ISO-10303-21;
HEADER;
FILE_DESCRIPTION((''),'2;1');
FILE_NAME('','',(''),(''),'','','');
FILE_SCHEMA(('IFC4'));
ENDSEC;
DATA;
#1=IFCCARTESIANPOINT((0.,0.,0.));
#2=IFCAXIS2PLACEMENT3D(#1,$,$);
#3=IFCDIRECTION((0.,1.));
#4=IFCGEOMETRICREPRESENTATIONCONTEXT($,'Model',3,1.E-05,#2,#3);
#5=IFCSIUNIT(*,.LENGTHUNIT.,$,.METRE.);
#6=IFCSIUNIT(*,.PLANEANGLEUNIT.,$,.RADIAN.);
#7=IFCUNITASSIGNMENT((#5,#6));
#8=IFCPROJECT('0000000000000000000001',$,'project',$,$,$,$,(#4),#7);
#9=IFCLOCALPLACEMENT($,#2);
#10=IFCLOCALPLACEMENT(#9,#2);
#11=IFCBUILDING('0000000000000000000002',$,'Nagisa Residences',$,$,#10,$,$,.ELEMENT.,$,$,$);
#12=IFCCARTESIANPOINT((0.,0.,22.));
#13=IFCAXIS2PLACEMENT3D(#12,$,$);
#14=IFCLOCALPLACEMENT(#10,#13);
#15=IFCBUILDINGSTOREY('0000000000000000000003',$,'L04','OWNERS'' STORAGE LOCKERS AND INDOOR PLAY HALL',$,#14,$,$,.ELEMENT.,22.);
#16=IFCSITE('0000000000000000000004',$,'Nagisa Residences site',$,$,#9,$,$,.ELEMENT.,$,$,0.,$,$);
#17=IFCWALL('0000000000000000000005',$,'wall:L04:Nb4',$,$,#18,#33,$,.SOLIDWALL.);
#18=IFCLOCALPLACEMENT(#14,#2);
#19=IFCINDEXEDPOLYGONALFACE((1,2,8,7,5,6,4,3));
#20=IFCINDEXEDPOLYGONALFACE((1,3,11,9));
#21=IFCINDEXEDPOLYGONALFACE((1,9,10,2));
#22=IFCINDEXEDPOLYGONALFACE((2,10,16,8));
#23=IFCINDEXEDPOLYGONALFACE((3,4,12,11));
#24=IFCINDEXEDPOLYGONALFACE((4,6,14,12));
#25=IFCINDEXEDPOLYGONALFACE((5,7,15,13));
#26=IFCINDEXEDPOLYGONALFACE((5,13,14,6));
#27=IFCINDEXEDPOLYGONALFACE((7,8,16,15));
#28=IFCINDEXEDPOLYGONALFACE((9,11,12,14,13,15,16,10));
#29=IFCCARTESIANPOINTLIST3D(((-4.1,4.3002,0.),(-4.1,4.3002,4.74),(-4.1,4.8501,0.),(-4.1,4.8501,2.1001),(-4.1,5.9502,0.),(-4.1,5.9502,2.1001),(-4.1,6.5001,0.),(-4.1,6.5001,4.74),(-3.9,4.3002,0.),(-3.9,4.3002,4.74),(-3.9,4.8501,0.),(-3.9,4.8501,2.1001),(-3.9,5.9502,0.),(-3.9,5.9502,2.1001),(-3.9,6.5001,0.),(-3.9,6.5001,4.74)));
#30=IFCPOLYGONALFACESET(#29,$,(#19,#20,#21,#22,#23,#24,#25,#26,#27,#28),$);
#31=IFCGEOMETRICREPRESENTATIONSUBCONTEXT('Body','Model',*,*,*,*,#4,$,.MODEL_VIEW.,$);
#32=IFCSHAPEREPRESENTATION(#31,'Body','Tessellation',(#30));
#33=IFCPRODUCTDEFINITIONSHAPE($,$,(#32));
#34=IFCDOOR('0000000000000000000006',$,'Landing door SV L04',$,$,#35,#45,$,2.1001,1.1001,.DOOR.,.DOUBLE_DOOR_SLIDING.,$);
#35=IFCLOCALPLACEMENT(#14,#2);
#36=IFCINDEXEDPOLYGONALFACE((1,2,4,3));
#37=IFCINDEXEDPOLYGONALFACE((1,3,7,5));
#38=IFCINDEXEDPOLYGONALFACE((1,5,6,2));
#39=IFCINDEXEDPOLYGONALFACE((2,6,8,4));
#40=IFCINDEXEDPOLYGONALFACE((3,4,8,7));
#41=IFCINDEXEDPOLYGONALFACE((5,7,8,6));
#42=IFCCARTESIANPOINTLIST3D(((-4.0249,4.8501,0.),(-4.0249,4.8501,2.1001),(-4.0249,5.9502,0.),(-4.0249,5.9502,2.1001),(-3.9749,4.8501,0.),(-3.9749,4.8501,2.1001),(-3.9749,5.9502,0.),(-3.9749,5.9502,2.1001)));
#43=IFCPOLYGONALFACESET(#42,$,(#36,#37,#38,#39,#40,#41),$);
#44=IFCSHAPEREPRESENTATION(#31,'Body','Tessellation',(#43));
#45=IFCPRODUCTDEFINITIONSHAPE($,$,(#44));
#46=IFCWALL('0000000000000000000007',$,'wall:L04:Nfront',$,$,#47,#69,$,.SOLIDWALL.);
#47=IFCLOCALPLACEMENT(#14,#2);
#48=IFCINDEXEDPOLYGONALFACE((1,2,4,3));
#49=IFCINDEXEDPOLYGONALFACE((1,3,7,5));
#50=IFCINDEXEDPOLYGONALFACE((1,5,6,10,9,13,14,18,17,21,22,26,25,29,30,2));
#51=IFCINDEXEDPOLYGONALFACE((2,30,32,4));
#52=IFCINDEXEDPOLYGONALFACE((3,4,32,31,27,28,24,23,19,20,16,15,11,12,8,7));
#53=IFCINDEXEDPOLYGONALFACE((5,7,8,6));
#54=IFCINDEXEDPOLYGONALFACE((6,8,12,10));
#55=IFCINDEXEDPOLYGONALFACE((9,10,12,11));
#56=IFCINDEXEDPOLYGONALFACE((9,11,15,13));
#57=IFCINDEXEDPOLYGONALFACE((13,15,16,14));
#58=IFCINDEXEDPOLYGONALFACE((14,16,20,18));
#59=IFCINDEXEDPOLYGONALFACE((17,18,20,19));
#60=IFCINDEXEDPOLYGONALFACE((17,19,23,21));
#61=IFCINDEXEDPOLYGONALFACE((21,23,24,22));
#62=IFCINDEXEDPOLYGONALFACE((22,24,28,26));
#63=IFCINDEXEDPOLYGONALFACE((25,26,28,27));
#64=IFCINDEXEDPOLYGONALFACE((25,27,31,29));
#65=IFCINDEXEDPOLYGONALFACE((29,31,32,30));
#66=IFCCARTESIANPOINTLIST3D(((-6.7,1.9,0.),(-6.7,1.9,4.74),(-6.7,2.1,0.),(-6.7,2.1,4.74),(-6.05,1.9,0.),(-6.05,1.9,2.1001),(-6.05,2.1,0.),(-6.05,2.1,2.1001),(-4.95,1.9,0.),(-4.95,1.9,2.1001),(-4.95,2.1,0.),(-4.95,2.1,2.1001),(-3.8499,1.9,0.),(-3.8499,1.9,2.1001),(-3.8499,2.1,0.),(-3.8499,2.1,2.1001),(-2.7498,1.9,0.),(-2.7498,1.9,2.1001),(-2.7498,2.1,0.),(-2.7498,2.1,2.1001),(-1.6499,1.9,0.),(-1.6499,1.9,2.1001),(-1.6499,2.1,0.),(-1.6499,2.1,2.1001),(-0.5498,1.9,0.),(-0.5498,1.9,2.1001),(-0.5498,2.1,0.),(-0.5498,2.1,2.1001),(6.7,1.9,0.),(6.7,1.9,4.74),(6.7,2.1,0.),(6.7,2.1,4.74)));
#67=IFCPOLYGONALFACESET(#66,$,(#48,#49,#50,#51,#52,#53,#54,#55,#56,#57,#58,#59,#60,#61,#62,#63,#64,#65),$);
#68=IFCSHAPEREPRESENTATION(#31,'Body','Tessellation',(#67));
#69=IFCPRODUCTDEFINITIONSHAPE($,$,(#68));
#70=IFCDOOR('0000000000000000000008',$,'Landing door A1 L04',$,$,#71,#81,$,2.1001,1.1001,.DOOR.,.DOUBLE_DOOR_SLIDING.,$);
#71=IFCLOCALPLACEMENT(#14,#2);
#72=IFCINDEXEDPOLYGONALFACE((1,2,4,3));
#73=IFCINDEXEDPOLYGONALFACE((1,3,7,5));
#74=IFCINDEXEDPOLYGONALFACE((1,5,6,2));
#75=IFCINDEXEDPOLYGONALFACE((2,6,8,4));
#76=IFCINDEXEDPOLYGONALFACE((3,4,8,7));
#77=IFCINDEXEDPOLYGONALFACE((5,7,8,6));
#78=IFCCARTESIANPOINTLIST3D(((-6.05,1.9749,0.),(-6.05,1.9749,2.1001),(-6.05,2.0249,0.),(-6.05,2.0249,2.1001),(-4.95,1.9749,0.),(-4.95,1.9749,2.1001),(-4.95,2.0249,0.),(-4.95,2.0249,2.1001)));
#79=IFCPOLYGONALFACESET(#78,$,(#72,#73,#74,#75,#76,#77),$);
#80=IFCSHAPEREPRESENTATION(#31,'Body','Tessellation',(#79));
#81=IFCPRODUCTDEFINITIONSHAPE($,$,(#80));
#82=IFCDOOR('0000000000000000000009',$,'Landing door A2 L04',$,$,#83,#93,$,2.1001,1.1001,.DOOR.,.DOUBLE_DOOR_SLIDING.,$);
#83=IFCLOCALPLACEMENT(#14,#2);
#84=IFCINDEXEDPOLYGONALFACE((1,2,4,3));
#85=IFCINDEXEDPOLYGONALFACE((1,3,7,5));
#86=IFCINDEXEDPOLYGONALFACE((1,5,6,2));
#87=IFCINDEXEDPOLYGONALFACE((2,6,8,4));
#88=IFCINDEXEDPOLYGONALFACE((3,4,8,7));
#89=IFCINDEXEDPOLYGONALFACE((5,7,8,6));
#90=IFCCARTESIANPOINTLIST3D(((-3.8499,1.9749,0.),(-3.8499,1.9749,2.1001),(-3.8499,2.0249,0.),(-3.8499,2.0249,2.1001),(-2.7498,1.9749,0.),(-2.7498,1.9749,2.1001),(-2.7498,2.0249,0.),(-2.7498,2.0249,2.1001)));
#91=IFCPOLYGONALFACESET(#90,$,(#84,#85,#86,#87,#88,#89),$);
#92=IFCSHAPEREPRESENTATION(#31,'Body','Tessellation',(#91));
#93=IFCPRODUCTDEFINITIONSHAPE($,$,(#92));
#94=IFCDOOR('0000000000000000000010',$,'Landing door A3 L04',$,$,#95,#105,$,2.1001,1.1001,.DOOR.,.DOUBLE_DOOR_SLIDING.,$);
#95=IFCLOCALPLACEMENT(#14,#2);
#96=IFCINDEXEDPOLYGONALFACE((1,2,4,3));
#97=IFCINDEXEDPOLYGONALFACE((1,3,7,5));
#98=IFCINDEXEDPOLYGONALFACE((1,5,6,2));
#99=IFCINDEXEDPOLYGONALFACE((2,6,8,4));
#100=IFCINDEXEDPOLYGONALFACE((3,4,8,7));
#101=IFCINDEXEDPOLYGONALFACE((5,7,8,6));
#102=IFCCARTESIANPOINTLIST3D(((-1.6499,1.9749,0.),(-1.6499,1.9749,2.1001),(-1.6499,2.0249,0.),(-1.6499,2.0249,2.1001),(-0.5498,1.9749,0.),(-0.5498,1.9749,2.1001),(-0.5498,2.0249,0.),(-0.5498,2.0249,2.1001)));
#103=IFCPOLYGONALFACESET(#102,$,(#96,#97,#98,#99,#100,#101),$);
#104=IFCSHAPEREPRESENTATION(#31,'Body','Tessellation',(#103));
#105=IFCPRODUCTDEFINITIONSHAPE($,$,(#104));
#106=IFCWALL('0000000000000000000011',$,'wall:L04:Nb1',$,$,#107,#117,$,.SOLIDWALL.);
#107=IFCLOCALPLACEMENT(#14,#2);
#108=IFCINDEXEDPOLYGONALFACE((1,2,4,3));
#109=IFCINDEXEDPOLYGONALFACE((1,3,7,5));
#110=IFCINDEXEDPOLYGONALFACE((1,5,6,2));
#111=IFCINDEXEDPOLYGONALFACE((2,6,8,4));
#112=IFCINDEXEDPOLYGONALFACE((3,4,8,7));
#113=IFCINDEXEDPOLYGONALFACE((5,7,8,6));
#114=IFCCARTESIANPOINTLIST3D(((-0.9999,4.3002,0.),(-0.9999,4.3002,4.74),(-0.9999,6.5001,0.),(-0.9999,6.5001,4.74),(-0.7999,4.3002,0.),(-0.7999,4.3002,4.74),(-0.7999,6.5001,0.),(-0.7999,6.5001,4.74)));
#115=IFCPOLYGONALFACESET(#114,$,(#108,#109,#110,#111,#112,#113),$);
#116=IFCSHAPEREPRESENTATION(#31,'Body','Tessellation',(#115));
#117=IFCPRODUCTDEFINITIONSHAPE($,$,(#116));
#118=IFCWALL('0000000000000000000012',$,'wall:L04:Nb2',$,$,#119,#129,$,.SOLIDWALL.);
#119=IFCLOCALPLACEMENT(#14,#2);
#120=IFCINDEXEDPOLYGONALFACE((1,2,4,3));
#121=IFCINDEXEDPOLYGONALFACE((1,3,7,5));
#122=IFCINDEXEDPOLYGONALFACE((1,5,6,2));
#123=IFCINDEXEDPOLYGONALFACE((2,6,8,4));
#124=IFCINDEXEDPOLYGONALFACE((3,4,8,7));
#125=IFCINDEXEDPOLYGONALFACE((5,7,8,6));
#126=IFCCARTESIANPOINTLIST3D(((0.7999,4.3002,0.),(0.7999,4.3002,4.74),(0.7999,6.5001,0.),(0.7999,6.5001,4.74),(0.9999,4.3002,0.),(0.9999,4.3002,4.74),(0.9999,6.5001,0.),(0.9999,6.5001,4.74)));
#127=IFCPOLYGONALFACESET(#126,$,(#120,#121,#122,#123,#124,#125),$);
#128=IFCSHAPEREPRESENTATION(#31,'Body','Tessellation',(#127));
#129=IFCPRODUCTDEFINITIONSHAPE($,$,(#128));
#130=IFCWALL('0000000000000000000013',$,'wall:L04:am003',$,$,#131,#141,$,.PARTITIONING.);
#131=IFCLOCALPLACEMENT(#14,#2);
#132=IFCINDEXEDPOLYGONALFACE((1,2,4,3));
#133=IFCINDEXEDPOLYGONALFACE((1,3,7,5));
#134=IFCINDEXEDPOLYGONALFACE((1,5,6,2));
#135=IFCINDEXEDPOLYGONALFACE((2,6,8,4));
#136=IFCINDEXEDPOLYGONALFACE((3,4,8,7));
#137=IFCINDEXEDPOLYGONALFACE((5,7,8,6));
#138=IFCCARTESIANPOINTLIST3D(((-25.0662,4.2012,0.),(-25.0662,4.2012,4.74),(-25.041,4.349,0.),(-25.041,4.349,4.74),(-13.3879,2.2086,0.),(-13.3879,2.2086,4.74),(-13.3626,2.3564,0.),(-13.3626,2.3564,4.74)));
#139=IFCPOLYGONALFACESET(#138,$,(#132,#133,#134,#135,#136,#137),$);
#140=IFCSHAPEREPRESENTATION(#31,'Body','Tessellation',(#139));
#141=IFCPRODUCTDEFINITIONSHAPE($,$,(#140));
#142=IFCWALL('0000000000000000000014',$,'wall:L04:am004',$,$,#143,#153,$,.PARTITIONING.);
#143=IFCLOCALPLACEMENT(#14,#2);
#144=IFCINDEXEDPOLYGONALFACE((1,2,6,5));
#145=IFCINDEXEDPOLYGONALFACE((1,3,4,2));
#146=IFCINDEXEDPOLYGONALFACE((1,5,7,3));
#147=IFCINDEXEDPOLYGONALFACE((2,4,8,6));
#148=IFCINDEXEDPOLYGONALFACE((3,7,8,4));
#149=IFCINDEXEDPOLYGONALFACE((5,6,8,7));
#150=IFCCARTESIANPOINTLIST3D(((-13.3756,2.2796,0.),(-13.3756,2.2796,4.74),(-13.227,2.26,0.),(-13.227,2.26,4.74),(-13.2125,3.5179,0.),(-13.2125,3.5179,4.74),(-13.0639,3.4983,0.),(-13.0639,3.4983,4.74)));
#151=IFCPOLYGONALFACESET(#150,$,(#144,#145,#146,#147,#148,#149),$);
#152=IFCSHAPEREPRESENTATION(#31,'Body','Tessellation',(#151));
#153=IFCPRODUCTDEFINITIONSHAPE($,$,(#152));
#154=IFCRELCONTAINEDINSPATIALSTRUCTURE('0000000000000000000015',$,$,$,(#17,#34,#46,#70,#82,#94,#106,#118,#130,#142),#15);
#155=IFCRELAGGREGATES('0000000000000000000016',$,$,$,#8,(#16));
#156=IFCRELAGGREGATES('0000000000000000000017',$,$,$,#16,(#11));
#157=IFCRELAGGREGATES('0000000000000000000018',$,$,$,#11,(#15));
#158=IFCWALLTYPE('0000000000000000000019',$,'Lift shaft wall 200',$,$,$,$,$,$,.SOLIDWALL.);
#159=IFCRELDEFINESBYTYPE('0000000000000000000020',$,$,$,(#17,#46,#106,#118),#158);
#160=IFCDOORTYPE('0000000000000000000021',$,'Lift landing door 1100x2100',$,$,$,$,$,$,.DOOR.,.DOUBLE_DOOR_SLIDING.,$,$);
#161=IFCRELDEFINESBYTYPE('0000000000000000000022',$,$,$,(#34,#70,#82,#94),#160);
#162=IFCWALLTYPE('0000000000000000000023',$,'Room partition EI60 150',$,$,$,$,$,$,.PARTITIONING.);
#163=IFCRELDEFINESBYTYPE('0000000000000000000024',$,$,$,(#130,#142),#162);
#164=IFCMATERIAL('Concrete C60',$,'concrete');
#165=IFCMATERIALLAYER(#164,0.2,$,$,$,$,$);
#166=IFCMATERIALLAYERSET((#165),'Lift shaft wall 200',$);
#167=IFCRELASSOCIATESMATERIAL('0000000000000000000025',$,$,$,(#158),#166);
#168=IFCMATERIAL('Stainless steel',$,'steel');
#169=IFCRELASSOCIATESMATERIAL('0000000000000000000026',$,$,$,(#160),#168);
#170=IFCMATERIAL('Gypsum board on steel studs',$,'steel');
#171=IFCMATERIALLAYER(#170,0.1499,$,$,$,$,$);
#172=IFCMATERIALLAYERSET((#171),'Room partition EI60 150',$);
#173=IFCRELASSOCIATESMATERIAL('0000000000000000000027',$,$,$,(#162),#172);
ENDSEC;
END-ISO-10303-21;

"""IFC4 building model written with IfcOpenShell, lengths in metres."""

from ifc_helpers import new_model, si_unit, direction, frame, frame_2d, origin, place, context, subcontext, project, spatial, rectangle, extrude, material, layer, layer_set, type_object, element, fill, save


model = new_model("IFC4")

# Units and contexts
model_context = context("Model", 3, precision=1e-05, world=origin(), true_north=direction((0.0, 1.0)))
body_context = subcontext(model_context, "Body", "Model", "MODEL_VIEW")
ifc_project = project(units=[si_unit("LENGTHUNIT", "METRE"), si_unit("PLANEANGLEUNIT", "RADIAN")], contexts=[model_context])

# Site, building, storey
site_placement = place(None, origin())
site = spatial("IfcSite", under=ifc_project, at=site_placement, Name="Nagisa Residences site", CompositionType="ELEMENT", RefElevation=0.0)
building_placement = place(site_placement, origin())
building = spatial("IfcBuilding", under=site, at=building_placement, Name="Nagisa Residences", CompositionType="ELEMENT")
storey_placement = place(building_placement, frame((0.0, 0.0, 22.0)))
storey = spatial("IfcBuildingStorey", under=building, at=storey_placement, Name="L04", Description="OWNERS' STORAGE LOCKERS AND INDOOR PLAY HALL", CompositionType="ELEMENT", Elevation=22.0)

# Wall, opening, door
ifc_material_1 = material(Name="Concrete C60", Category="concrete")
ifc_layer_1 = layer(ifc_material_1, 0.2)
ifc_layer_set_1 = layer_set([ifc_layer_1], Name="Lift shaft wall 200")
wall_type_1 = type_object("IfcWallType", Name="Lift shaft wall 200", PredefinedType="SOLIDWALL", material=ifc_layer_set_1)
wall_1_placement = place(storey_placement, frame((-4.0, 4.3, 0.0), z_axis=(0.0, 0.0, 1.0), x_axis=(0.0, 1.0, 0.0)))
wall_1 = element("IfcWall", 1, at=wall_1_placement, inside=storey, type_object=wall_type_1, Name="wall:L04:Nb4", PredefinedType="SOLIDWALL", context=body_context, shape_type="SweptSolid", body=[
    extrude(rectangle(XDim=2.2, YDim=0.2, at=frame_2d((1.1001, 0.0))), origin(), (0.0, 0.0, 1.0), 4.74),
])
opening_1_placement = place(wall_1_placement, frame((0.55, 0.0, 0.0)))
opening_1 = element("IfcOpeningElement", 2, at=opening_1_placement, cuts=wall_1, PredefinedType="OPENING", context=body_context, shape_type="SweptSolid", body=[
    extrude(rectangle(XDim=1.1001, YDim=2.1001, at=frame_2d((0.55, 1.05))), frame((0.0, 0.1099, 0.0), z_axis=(0.0, -1.0, 0.0), x_axis=(1.0, 0.0, 0.0)), (0.0, 0.0, 1.0), 0.22),
])
ifc_material_2 = material(Name="Stainless steel", Category="steel")
door_type_1 = type_object("IfcDoorType", Name="Lift landing door 1100x2100", OperationType="DOUBLE_DOOR_SLIDING", PredefinedType="DOOR", material=ifc_material_2)
door_1_placement = place(opening_1_placement, origin())
door_1 = element("IfcDoor", 3, at=door_1_placement, inside=storey, type_object=door_type_1, Name="Landing door SV L04", OperationType="DOUBLE_DOOR_SLIDING", OverallHeight=2.1001, OverallWidth=1.1001, PredefinedType="DOOR", context=body_context, shape_type="SweptSolid", body=[
    extrude(rectangle(XDim=1.1001, YDim=2.1001, at=frame_2d((0.55, 1.05))), frame((0.0, 0.0249, 0.0), z_axis=(0.0, -1.0, 0.0), x_axis=(1.0, 0.0, 0.0)), (0.0, 0.0, 1.0), 0.05),
])
fill(opening_1, door_1)

# Wall, openings, doors
wall_2_placement = place(storey_placement, frame((-6.7, 2.0, 0.0), z_axis=(0.0, 0.0, 1.0), x_axis=(1.0, 0.0, 0.0)))
wall_2 = element("IfcWall", 4, at=wall_2_placement, inside=storey, type_object=wall_type_1, Name="wall:L04:Nfront", PredefinedType="SOLIDWALL", context=body_context, shape_type="SweptSolid", body=[
    extrude(rectangle(XDim=13.3999, YDim=0.2, at=frame_2d((6.7, 0.0))), origin(), (0.0, 0.0, 1.0), 4.74),
])
opening_2_placement = place(wall_2_placement, frame((0.6499, 0.0, 0.0)))
opening_2 = element("IfcOpeningElement", 5, at=opening_2_placement, cuts=wall_2, PredefinedType="OPENING", context=body_context, shape_type="SweptSolid", body=[
    extrude(rectangle(XDim=1.1001, YDim=2.1001, at=frame_2d((0.55, 1.05))), frame((0.0, 0.1099, 0.0), z_axis=(0.0, -1.0, 0.0), x_axis=(1.0, 0.0, 0.0)), (0.0, 0.0, 1.0), 0.22),
])
opening_3_placement = place(wall_2_placement, frame((2.8501, 0.0, 0.0)))
opening_3 = element("IfcOpeningElement", 6, at=opening_3_placement, cuts=wall_2, PredefinedType="OPENING", context=body_context, shape_type="SweptSolid", body=[
    extrude(rectangle(XDim=1.1001, YDim=2.1001, at=frame_2d((0.55, 1.05))), frame((0.0, 0.1099, 0.0), z_axis=(0.0, -1.0, 0.0), x_axis=(1.0, 0.0, 0.0)), (0.0, 0.0, 1.0), 0.22),
])
opening_4_placement = place(wall_2_placement, frame((5.05, 0.0, 0.0)))
opening_4 = element("IfcOpeningElement", 7, at=opening_4_placement, cuts=wall_2, PredefinedType="OPENING", context=body_context, shape_type="SweptSolid", body=[
    extrude(rectangle(XDim=1.1001, YDim=2.1001, at=frame_2d((0.55, 1.05))), frame((0.0, 0.1099, 0.0), z_axis=(0.0, -1.0, 0.0), x_axis=(1.0, 0.0, 0.0)), (0.0, 0.0, 1.0), 0.22),
])
door_2_placement = place(opening_2_placement, origin())
door_2 = element("IfcDoor", 8, at=door_2_placement, inside=storey, type_object=door_type_1, Name="Landing door A1 L04", OperationType="DOUBLE_DOOR_SLIDING", OverallHeight=2.1001, OverallWidth=1.1001, PredefinedType="DOOR", context=body_context, shape_type="SweptSolid", body=[
    extrude(rectangle(XDim=1.1001, YDim=2.1001, at=frame_2d((0.55, 1.05))), frame((0.0, 0.0249, 0.0), z_axis=(0.0, -1.0, 0.0), x_axis=(1.0, 0.0, 0.0)), (0.0, 0.0, 1.0), 0.05),
])
fill(opening_2, door_2)
door_3_placement = place(opening_3_placement, origin())
door_3 = element("IfcDoor", 9, at=door_3_placement, inside=storey, type_object=door_type_1, Name="Landing door A2 L04", OperationType="DOUBLE_DOOR_SLIDING", OverallHeight=2.1001, OverallWidth=1.1001, PredefinedType="DOOR", context=body_context, shape_type="SweptSolid", body=[
    extrude(rectangle(XDim=1.1001, YDim=2.1001, at=frame_2d((0.55, 1.05))), frame((0.0, 0.0249, 0.0), z_axis=(0.0, -1.0, 0.0), x_axis=(1.0, 0.0, 0.0)), (0.0, 0.0, 1.0), 0.05),
])
fill(opening_3, door_3)
door_4_placement = place(opening_4_placement, origin())
door_4 = element("IfcDoor", 10, at=door_4_placement, inside=storey, type_object=door_type_1, Name="Landing door A3 L04", OperationType="DOUBLE_DOOR_SLIDING", OverallHeight=2.1001, OverallWidth=1.1001, PredefinedType="DOOR", context=body_context, shape_type="SweptSolid", body=[
    extrude(rectangle(XDim=1.1001, YDim=2.1001, at=frame_2d((0.55, 1.05))), frame((0.0, 0.0249, 0.0), z_axis=(0.0, -1.0, 0.0), x_axis=(1.0, 0.0, 0.0)), (0.0, 0.0, 1.0), 0.05),
])
fill(opening_4, door_4)

# Walls
for number, where, z_axis, x_axis, name in (
    (11, (-0.8999, 4.3, 0.0), (0.0, 0.0, 1.0), (0.0, 1.0, 0.0), "wall:L04:Nb1"),
    (12, (0.8999, 4.3, 0.0), (0.0, 0.0, 1.0), (0.0, 1.0, 0.0), "wall:L04:Nb2"),
):
    element("IfcWall", number, at=place(storey_placement, frame(where, z_axis=z_axis, x_axis=x_axis)), inside=storey, type_object=wall_type_1, Name=name, PredefinedType="SOLIDWALL", context=body_context, shape_type="SweptSolid", body=[
        extrude(rectangle(XDim=2.2, YDim=0.2, at=frame_2d((1.1001, 0.0))), origin(), (0.0, 0.0, 1.0), 4.74),
    ])
ifc_material_3 = material(Name="Gypsum board on steel studs", Category="steel")
ifc_layer_2 = layer(ifc_material_3, 0.1499)
ifc_layer_set_2 = layer_set([ifc_layer_2], Name="Room partition EI60 150")
wall_type_2 = type_object("IfcWallType", Name="Room partition EI60 150", PredefinedType="PARTITIONING", material=ifc_layer_set_2)
wall_3_placement = place(storey_placement, frame((-13.3752, 2.2825, 0.0), z_axis=(0.0, 0.0, 1.0), x_axis=(-0.985753, 0.168197, 0.0)))
element("IfcWall", 13, at=wall_3_placement, inside=storey, type_object=wall_type_2, Name="wall:L04:am003", PredefinedType="PARTITIONING", context=body_context, shape_type="SweptSolid", body=[
    extrude(rectangle(XDim=11.8472, YDim=0.1499, at=frame_2d((5.9236, 0.0))), origin(), (0.0, 0.0, 1.0), 4.74),
])
wall_4_placement = place(storey_placement, frame((-13.3013, 2.2698, 0.0), z_axis=(0.0, 0.0, 1.0), x_axis=(0.130576, 0.991438, 0.0)))
element("IfcWall", 14, at=wall_4_placement, inside=storey, type_object=wall_type_2, Name="wall:L04:am004", PredefinedType="PARTITIONING", context=body_context, shape_type="SweptSolid", body=[
    extrude(rectangle(XDim=1.249, YDim=0.1499, at=frame_2d((0.6245, 0.0))), origin(), (0.0, 0.0, 1.0), 4.74),
])

save(model, "model.ifc")
